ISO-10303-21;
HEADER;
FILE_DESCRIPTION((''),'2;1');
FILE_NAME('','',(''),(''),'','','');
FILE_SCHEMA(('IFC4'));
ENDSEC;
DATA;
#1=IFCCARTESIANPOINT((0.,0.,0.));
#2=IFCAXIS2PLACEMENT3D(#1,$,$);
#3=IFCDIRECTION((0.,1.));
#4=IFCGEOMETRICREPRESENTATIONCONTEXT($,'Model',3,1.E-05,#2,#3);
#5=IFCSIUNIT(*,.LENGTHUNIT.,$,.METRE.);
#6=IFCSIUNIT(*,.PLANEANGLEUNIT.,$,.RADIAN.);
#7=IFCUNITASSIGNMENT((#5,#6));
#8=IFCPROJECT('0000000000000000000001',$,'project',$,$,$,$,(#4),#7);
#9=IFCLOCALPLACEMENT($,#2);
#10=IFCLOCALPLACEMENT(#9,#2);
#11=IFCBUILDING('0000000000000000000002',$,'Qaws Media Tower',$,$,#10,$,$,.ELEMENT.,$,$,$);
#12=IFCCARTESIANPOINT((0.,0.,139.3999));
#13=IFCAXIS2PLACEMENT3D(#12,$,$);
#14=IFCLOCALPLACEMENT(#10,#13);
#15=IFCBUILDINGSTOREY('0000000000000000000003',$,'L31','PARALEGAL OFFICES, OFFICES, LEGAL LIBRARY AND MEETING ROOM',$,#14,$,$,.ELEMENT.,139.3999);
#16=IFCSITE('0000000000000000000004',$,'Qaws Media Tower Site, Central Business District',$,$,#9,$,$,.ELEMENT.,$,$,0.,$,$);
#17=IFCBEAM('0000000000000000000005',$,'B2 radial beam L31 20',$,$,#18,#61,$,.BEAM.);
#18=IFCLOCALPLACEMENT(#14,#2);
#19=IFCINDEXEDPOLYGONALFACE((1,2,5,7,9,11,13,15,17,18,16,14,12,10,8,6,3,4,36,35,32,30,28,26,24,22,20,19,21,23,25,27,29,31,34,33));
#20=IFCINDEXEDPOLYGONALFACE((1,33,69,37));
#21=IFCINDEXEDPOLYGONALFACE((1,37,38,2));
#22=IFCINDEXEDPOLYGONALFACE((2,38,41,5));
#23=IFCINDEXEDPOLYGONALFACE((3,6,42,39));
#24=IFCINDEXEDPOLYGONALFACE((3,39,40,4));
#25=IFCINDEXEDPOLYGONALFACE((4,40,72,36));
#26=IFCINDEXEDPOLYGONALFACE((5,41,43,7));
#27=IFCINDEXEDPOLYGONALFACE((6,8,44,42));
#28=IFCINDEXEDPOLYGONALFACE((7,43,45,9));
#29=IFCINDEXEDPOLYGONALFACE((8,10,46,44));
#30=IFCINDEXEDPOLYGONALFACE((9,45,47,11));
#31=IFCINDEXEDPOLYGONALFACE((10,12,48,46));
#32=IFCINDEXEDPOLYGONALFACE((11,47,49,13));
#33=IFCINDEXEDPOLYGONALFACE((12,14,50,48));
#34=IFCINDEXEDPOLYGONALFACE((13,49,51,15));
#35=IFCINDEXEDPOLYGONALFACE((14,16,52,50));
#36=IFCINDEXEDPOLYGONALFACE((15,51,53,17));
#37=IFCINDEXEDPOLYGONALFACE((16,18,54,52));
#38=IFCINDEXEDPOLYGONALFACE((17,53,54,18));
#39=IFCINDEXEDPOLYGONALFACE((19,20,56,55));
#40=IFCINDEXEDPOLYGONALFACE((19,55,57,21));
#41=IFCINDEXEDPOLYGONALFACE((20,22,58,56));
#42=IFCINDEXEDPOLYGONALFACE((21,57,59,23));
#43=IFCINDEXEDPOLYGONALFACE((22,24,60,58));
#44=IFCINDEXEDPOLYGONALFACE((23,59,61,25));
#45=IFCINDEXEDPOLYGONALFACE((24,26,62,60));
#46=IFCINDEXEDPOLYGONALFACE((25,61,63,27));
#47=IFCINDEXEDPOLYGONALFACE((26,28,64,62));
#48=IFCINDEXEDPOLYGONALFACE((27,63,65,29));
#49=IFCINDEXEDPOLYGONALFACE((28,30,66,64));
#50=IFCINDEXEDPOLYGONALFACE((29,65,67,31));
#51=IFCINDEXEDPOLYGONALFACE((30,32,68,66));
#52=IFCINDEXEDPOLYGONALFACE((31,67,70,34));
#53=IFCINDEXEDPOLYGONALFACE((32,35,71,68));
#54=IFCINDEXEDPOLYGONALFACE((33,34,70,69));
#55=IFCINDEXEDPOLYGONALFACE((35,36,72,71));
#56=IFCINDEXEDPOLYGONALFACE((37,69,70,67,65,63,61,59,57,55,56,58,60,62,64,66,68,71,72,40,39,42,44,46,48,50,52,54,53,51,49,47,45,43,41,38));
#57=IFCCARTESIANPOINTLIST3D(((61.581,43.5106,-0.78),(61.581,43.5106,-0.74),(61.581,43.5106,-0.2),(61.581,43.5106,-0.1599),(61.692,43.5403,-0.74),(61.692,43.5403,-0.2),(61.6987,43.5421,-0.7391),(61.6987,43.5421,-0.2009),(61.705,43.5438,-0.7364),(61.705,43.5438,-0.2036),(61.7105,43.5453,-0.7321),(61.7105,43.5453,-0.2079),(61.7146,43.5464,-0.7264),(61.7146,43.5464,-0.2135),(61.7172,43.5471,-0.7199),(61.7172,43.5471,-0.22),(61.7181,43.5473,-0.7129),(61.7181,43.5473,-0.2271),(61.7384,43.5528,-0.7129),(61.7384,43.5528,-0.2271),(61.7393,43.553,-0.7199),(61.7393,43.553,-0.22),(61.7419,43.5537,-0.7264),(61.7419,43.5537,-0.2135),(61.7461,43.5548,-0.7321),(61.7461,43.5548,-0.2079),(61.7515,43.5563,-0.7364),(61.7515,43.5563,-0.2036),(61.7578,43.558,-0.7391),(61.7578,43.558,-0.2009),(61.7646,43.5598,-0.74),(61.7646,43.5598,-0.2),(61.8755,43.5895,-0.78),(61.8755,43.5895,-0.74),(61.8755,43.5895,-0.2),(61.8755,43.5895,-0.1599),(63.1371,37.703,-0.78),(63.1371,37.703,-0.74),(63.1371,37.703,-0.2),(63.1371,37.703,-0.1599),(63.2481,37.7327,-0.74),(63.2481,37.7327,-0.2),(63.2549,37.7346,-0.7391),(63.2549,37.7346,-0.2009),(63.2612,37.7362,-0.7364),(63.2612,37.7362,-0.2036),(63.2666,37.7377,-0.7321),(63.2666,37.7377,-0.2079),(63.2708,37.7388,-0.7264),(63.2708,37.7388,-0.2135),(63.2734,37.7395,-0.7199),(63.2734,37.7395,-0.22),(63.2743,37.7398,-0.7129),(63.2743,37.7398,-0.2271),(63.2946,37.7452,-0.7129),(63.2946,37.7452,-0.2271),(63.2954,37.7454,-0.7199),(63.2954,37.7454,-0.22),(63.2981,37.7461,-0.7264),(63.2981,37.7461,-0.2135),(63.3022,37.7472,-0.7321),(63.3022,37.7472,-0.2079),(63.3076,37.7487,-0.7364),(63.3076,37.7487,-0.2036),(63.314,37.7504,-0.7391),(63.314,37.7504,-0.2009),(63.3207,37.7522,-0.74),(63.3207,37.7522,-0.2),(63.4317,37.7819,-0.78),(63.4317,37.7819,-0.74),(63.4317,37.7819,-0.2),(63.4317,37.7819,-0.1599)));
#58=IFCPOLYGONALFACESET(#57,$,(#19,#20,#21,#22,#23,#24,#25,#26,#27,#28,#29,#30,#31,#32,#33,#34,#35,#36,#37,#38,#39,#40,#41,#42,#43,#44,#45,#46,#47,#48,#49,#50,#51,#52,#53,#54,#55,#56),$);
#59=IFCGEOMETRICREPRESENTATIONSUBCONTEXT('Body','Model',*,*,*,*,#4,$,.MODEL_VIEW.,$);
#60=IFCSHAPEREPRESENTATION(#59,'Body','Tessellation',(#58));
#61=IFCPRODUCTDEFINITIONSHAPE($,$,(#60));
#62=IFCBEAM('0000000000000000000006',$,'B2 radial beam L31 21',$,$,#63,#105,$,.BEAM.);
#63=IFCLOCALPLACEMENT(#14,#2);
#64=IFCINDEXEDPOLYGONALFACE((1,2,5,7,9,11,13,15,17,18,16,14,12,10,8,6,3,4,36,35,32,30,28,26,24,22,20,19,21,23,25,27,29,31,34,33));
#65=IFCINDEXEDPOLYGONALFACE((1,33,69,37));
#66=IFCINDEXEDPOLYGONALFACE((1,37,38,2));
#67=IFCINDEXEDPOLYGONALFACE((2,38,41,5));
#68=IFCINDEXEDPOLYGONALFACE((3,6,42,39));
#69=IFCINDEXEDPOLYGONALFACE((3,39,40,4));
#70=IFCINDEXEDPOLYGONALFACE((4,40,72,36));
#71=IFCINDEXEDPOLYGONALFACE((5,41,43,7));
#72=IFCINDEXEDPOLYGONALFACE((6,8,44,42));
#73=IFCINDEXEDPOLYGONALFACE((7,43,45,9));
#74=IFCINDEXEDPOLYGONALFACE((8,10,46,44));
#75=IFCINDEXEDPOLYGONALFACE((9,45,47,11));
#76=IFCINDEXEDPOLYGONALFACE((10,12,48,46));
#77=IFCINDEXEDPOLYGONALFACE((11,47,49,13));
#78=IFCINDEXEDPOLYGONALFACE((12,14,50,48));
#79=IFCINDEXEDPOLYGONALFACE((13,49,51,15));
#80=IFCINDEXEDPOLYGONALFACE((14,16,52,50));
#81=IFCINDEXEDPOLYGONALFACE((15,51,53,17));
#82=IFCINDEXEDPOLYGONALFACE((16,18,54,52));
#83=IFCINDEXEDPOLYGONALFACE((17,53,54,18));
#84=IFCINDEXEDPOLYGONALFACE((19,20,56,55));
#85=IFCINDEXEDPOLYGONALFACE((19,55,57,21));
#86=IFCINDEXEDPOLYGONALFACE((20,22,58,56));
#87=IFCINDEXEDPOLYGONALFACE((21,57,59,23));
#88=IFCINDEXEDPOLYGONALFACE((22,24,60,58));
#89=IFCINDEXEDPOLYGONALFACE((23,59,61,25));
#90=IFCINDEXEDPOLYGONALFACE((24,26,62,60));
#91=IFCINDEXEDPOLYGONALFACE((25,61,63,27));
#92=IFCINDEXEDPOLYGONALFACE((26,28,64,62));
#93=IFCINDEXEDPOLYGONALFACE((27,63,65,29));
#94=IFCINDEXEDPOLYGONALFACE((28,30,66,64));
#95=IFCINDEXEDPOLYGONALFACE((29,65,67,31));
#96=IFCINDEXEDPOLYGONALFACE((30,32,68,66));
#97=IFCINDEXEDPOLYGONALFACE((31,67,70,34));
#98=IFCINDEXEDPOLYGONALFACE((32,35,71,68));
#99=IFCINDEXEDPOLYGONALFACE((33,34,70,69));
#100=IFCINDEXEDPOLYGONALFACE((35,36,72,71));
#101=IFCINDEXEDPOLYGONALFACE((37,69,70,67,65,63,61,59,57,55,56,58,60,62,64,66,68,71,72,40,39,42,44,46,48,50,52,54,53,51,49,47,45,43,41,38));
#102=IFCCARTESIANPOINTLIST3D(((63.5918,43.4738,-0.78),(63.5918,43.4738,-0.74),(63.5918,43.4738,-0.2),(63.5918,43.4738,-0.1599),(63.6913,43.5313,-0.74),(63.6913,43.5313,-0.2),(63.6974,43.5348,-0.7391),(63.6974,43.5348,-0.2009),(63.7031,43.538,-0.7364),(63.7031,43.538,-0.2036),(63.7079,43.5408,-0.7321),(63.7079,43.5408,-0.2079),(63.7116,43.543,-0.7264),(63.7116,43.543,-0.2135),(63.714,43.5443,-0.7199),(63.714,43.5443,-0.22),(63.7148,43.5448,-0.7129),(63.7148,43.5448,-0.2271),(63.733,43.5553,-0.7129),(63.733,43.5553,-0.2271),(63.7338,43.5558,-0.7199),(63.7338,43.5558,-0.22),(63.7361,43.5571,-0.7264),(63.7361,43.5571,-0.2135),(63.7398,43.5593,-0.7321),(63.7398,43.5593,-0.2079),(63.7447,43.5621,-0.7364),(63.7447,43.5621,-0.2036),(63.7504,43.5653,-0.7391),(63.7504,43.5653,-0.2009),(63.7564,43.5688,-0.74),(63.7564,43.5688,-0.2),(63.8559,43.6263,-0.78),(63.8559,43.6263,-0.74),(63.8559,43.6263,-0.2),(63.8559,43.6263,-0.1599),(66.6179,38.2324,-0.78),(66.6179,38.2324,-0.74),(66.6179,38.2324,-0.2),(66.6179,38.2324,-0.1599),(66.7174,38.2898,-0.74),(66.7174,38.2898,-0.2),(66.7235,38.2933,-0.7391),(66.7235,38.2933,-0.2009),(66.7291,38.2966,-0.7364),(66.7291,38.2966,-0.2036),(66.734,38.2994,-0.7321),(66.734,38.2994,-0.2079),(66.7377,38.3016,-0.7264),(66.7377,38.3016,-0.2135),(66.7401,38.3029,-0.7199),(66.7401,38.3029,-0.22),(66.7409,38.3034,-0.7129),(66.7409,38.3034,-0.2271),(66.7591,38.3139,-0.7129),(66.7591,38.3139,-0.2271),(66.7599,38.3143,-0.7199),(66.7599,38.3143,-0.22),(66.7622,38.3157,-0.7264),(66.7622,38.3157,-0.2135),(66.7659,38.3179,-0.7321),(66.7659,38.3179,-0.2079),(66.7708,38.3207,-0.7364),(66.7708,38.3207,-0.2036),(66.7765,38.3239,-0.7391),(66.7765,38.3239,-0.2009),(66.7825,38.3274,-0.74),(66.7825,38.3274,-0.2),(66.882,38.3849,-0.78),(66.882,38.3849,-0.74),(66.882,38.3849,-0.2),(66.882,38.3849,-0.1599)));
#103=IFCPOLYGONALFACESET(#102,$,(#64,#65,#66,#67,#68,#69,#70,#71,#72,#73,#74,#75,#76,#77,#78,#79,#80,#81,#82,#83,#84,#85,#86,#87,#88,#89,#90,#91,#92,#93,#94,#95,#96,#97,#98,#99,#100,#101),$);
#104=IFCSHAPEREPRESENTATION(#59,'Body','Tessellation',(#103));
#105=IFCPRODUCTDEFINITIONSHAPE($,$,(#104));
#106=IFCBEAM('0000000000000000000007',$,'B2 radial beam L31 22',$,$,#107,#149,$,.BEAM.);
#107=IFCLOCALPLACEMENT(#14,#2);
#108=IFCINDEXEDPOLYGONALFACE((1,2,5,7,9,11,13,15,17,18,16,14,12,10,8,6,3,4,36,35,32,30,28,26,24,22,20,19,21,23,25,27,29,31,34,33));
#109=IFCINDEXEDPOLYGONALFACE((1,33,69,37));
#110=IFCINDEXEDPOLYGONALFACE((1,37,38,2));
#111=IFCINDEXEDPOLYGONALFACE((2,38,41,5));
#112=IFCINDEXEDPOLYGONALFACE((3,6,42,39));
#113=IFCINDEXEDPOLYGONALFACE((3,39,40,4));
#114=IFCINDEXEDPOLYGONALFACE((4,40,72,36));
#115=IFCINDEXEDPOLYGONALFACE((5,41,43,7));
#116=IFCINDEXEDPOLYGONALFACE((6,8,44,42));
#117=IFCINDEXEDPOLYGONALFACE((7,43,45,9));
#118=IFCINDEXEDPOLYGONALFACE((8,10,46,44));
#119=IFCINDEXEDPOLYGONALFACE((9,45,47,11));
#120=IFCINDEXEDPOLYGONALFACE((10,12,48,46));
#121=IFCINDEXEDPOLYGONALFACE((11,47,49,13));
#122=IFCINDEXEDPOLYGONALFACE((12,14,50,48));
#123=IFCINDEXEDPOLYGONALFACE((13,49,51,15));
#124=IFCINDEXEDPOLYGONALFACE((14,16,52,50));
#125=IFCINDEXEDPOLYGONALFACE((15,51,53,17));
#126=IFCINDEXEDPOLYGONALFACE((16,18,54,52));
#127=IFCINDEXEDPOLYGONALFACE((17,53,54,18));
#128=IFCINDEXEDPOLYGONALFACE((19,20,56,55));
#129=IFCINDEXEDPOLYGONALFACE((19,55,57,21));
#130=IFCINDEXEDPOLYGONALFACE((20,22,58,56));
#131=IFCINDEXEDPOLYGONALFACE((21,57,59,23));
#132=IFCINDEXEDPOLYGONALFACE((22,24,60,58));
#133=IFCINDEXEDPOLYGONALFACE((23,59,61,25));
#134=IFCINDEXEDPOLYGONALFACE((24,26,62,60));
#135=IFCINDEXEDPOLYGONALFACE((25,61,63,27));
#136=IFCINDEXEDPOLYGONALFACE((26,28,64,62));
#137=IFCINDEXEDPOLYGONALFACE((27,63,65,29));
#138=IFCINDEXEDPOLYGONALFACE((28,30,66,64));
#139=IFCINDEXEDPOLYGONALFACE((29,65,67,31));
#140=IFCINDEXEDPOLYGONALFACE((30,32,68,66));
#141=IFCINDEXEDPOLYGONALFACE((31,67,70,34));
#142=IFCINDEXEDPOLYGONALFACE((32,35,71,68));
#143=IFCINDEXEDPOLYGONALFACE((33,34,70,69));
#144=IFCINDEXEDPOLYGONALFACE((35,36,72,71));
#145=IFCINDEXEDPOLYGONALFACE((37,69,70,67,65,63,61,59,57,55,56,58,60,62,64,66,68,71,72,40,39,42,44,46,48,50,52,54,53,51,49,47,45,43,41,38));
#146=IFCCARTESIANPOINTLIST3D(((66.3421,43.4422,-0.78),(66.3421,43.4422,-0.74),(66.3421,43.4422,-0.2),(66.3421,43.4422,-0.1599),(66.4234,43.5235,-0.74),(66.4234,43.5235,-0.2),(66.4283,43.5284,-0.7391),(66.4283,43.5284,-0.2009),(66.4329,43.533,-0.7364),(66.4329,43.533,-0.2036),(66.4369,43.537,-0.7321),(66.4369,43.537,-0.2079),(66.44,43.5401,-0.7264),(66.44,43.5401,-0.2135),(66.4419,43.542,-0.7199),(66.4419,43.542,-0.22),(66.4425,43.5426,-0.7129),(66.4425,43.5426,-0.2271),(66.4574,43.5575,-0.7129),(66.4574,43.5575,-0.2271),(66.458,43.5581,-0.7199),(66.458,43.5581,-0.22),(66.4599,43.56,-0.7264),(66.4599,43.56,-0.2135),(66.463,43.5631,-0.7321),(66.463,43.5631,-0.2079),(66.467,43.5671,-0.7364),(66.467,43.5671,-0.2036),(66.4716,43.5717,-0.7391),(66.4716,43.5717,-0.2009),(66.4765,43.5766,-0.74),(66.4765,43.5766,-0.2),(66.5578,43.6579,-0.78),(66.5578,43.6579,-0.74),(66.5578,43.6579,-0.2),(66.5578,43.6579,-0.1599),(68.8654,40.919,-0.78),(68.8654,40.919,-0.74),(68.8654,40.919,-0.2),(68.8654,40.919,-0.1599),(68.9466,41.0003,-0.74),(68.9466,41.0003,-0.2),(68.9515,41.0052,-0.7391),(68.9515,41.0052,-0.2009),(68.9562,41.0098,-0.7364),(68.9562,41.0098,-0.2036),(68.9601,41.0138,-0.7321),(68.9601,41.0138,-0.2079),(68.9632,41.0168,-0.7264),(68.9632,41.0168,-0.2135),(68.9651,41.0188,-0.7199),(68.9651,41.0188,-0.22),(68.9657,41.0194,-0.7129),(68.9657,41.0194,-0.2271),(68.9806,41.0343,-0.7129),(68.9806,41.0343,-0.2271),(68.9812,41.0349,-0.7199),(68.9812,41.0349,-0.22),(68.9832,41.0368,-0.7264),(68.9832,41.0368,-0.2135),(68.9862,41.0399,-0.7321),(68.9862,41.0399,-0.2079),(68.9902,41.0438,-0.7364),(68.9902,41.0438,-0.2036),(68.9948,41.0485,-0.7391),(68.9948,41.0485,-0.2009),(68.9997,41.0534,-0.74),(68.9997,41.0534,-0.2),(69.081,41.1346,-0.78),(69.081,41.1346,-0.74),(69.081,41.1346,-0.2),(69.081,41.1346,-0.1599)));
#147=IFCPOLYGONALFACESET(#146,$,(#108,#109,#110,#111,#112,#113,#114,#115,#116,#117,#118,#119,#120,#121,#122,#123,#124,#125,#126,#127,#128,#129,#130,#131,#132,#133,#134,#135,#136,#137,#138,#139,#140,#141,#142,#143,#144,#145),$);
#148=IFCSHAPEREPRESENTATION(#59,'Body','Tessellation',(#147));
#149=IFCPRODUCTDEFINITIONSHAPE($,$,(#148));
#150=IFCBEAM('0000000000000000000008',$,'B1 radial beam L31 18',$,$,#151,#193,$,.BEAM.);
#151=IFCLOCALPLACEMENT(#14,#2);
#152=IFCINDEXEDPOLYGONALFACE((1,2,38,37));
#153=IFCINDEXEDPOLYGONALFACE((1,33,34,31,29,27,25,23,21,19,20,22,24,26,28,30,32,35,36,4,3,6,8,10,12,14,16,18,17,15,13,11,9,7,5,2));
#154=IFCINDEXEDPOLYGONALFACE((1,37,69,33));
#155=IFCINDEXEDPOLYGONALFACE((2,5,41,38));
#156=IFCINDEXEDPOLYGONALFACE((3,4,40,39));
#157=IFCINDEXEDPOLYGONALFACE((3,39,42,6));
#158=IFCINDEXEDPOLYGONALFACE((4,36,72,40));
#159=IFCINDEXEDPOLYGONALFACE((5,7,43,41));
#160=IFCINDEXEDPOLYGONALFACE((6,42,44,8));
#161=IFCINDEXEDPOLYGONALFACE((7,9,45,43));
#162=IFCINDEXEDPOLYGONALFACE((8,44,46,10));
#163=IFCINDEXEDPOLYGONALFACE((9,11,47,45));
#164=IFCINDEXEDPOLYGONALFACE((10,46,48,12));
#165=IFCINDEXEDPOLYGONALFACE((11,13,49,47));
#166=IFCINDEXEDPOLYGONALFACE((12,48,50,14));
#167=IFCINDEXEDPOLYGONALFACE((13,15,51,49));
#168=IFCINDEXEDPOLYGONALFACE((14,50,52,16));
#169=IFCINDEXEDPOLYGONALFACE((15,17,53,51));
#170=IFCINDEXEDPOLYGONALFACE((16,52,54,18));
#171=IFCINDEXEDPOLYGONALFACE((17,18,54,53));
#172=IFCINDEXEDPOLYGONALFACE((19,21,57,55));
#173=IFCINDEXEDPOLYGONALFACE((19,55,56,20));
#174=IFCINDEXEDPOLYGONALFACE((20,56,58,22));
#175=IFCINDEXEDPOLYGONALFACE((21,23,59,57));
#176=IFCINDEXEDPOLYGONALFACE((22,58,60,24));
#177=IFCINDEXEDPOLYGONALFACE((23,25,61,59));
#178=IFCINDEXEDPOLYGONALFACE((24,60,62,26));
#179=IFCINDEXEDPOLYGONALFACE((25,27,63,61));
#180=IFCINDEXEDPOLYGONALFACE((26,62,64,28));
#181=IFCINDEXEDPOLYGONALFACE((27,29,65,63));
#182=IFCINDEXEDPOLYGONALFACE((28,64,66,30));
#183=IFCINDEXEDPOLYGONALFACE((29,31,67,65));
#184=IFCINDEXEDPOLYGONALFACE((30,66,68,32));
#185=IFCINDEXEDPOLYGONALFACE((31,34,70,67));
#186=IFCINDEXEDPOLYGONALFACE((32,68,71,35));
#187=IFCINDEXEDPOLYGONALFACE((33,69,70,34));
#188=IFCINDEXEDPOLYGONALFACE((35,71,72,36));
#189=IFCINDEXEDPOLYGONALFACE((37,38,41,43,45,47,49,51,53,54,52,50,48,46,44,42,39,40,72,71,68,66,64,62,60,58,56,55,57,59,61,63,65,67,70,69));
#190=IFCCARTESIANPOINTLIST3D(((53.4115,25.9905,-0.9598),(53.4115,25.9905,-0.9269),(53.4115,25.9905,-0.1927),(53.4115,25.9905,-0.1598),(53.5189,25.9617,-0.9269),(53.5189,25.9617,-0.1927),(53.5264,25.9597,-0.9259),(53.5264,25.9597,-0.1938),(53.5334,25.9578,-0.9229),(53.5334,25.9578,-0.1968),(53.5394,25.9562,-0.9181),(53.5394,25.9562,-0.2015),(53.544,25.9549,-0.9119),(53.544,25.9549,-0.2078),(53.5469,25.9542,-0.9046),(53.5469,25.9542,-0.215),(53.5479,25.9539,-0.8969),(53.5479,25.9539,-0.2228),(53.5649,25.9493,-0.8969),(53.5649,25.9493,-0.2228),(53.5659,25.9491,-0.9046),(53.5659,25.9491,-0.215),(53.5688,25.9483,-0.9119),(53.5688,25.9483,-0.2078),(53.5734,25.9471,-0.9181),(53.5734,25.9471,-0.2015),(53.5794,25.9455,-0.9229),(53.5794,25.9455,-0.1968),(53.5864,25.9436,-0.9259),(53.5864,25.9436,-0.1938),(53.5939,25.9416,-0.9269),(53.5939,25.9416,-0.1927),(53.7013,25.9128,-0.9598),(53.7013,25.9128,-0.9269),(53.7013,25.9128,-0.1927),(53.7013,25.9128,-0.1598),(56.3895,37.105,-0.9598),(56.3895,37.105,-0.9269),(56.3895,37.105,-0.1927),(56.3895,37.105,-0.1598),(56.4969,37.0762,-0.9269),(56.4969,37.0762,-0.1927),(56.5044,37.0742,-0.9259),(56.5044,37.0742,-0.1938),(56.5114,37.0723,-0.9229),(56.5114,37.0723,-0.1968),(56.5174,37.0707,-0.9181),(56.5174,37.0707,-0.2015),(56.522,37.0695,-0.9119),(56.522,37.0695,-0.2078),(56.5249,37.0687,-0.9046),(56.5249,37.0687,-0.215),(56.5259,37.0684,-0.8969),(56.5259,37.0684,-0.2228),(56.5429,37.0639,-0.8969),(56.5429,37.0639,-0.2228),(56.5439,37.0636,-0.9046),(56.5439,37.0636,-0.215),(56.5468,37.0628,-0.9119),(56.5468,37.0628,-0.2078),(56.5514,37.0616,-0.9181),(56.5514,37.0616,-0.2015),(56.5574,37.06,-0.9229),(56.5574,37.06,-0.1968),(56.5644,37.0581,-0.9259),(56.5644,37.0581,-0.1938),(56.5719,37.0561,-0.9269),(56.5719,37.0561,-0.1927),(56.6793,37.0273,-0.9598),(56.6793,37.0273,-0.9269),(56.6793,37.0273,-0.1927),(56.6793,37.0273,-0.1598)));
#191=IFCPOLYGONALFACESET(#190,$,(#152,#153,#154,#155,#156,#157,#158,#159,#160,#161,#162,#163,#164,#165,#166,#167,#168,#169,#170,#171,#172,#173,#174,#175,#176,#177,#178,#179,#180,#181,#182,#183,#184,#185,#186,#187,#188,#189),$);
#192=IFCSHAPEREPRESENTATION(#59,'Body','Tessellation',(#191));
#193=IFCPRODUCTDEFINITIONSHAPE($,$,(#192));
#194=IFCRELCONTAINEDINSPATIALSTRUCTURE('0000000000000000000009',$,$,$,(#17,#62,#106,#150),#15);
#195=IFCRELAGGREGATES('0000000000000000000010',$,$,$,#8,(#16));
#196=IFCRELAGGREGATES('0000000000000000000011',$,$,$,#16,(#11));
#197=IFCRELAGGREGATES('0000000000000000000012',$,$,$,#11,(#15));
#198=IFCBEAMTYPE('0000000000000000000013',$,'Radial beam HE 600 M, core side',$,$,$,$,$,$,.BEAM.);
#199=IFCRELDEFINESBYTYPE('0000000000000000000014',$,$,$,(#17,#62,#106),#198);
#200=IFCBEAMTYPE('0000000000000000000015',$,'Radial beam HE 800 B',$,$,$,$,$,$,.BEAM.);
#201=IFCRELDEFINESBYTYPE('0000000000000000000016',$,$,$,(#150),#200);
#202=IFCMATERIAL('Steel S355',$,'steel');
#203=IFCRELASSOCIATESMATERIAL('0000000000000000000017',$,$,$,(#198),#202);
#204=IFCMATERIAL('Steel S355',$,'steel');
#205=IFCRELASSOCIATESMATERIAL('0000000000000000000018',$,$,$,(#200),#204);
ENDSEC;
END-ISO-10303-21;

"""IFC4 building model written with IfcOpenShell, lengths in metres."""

from ifc_helpers import new_model, si_unit, direction, frame, origin, origin_2d, place, context, subcontext, project, spatial, i_section, extrude, material, material_profile, profile_set, type_object, element, save


model = new_model("IFC4")

# Units and contexts
model_context = context("Model", 3, precision=1e-05, world=origin(), true_north=direction((0.0, 1.0)))
body_context = subcontext(model_context, "Body", "Model", "MODEL_VIEW")
ifc_project = project(units=[si_unit("LENGTHUNIT", "METRE"), si_unit("PLANEANGLEUNIT", "RADIAN")], contexts=[model_context])

# Site, building, storey
site_placement = place(None, origin())
site = spatial("IfcSite", under=ifc_project, at=site_placement, Name="Qaws Media Tower Site, Central Business District", CompositionType="ELEMENT", RefElevation=0.0)
building_placement = place(site_placement, origin())
building = spatial("IfcBuilding", under=site, at=building_placement, Name="Qaws Media Tower", CompositionType="ELEMENT")
storey_placement = place(building_placement, frame((0.0, 0.0, 139.3999)))
storey = spatial("IfcBuildingStorey", under=building, at=storey_placement, Name="L31", Description="PARALEGAL OFFICES, OFFICES, LEGAL LIBRARY AND MEETING ROOM", CompositionType="ELEMENT", Elevation=139.3999)

# Beams
ifc_material_1 = material(Name="Steel S355", Category="steel")
ifc_material_profile_1 = material_profile(ifc_material_1, i_section(OverallWidth=0.3049, OverallDepth=0.6201, WebThickness=0.021, FlangeThickness=0.04, FilletRadius=0.0271, at=origin_2d()), Name="HE 600 M")
ifc_profile_set_1 = profile_set([ifc_material_profile_1], Name="Steel S355")
beam_type_1 = type_object("IfcBeamType", Name="Radial beam HE 600 M, core side", PredefinedType="BEAM", material=ifc_profile_set_1)
beam_1_placement = place(storey_placement, frame((61.7283, 43.55, -0.47), z_axis=(0.25882, -0.965926, 0.0), x_axis=(0.965926, 0.25882, 0.0)))
element("IfcBeam", 1, at=beam_1_placement, inside=storey, type_object=beam_type_1, Name="B2 radial beam L31 20", PredefinedType="BEAM", context=body_context, shape_type="SweptSolid", body=[
    extrude(i_section(OverallWidth=0.3049, OverallDepth=0.6201, WebThickness=0.021, FlangeThickness=0.04, FilletRadius=0.0271, at=origin_2d()), origin(), (0.0, 0.0, 1.0), 6.0125),
])
beam_2_placement = place(storey_placement, frame((63.7239, 43.55, -0.47), z_axis=(0.499996, -0.866028, 0.0), x_axis=(0.866028, 0.499996, 0.0)))
element("IfcBeam", 2, at=beam_2_placement, inside=storey, type_object=beam_type_1, Name="B2 radial beam L31 21", PredefinedType="BEAM", context=body_context, shape_type="SweptSolid", body=[
    extrude(i_section(OverallWidth=0.3049, OverallDepth=0.6201, WebThickness=0.021, FlangeThickness=0.04, FilletRadius=0.0271, at=origin_2d()), origin(), (0.0, 0.0, 1.0), 6.0522),
])
beam_3_placement = place(storey_placement, frame((66.45, 43.55, -0.47), z_axis=(0.707107, -0.707107, 0.0), x_axis=(0.707107, 0.707107, 0.0)))
element("IfcBeam", 3, at=beam_3_placement, inside=storey, type_object=beam_type_1, Name="B2 radial beam L31 22", PredefinedType="BEAM", context=body_context, shape_type="SweptSolid", body=[
    extrude(i_section(OverallWidth=0.3049, OverallDepth=0.6201, WebThickness=0.021, FlangeThickness=0.04, FilletRadius=0.0271, at=origin_2d()), origin(), (0.0, 0.0, 1.0), 3.5684),
])
ifc_material_2 = material(Name="Steel S355", Category="steel")
ifc_material_profile_2 = material_profile(ifc_material_2, i_section(OverallWidth=0.3, OverallDepth=0.8, WebThickness=0.0176, FlangeThickness=0.033, FilletRadius=0.03, at=origin_2d()), Name="HE 800 B")
ifc_profile_set_2 = profile_set([ifc_material_profile_2], Name="Steel S355")
beam_type_2 = type_object("IfcBeamType", Name="Radial beam HE 800 B", PredefinedType="BEAM", material=ifc_profile_set_2)
beam_4_placement = place(storey_placement, frame((56.5344, 37.0662, -0.5598), z_axis=(-0.258811, -0.965928, 0.0), x_axis=(0.965928, -0.258811, 0.0)))
element("IfcBeam", 4, at=beam_4_placement, inside=storey, type_object=beam_type_2, Name="B1 radial beam L31 18", PredefinedType="BEAM", context=body_context, shape_type="SweptSolid", body=[
    extrude(i_section(OverallWidth=0.3, OverallDepth=0.8, WebThickness=0.0176, FlangeThickness=0.033, FilletRadius=0.03, at=origin_2d()), origin(), (0.0, 0.0, 1.0), 11.5066),
])

save(model, "model.ifc")
